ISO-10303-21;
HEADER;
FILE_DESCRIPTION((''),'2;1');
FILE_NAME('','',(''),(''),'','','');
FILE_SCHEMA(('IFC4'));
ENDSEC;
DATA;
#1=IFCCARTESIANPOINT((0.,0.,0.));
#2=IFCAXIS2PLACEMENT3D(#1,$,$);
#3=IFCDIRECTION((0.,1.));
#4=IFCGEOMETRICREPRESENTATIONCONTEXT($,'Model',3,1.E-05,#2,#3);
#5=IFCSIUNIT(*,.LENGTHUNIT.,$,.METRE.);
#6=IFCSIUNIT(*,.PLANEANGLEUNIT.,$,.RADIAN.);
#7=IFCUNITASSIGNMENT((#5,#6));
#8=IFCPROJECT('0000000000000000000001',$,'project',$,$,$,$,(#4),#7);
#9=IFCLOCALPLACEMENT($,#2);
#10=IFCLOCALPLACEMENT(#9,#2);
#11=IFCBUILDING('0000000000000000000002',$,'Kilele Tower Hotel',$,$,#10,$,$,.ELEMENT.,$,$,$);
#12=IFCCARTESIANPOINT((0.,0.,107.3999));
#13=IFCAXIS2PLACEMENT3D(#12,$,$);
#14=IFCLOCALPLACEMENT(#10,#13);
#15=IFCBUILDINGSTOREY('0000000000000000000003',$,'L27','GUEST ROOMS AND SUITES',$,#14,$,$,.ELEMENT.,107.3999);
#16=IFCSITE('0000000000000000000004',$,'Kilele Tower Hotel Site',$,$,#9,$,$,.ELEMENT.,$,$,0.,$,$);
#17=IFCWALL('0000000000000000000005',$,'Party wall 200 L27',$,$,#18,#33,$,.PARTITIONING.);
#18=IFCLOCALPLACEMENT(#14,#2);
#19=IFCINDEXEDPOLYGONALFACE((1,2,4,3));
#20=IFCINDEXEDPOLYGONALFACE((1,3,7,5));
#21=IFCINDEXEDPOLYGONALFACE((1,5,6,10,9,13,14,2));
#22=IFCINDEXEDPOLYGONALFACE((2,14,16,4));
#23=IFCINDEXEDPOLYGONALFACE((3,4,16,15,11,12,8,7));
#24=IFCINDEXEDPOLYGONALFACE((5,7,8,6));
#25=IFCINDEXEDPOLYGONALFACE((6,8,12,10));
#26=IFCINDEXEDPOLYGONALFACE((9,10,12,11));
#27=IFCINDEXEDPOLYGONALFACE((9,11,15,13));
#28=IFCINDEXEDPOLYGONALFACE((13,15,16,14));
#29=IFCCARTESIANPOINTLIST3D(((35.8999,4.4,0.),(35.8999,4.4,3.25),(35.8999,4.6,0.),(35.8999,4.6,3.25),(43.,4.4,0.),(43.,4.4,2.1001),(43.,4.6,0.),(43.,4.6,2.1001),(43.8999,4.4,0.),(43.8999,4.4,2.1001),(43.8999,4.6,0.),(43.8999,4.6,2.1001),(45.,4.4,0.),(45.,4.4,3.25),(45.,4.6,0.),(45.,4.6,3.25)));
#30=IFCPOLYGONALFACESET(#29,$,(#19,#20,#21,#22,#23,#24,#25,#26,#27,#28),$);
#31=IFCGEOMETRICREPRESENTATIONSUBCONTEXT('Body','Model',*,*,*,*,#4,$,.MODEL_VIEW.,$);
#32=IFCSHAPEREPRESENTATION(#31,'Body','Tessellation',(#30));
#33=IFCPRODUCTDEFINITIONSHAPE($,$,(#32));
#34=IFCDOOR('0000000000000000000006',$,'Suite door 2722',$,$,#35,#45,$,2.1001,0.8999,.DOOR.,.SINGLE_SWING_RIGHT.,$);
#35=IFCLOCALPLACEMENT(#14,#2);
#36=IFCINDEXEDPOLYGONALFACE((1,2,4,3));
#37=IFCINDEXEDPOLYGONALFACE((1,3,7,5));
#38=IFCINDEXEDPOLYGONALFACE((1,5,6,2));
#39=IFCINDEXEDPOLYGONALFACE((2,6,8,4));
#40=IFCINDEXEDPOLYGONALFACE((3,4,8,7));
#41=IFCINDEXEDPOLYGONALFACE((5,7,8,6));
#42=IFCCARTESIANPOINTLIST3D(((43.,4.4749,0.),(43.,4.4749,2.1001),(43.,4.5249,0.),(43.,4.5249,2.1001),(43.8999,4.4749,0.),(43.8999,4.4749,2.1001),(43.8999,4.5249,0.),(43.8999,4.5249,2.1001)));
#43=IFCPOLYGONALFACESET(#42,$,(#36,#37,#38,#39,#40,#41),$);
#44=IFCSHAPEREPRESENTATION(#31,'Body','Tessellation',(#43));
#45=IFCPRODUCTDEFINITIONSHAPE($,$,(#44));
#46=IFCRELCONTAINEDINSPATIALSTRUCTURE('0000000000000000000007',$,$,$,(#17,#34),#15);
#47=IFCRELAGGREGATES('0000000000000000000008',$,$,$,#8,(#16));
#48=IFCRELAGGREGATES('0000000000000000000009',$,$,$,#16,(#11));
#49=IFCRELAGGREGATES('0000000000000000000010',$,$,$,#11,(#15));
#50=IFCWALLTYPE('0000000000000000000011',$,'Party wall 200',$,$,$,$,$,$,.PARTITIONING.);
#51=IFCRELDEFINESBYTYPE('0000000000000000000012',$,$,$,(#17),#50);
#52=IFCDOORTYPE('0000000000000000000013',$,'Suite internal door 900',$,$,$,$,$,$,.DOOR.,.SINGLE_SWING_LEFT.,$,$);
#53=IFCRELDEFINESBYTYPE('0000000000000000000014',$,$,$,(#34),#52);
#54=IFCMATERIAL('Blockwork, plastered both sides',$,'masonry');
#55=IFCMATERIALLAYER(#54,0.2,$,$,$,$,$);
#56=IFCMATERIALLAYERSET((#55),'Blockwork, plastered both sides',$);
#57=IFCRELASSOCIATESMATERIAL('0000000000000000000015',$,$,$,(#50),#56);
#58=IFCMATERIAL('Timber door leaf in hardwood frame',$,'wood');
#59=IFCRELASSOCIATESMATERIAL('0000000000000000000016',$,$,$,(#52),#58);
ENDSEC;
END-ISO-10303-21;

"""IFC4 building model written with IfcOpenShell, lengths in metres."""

from ifc_helpers import new_model, si_unit, direction, frame, frame_2d, origin, place, context, subcontext, project, spatial, rectangle, extrude, material, layer, layer_set, type_object, element, fill, save


model = new_model("IFC4")

# Units and contexts
model_context = context("Model", 3, precision=1e-05, world=origin(), true_north=direction((0.0, 1.0)))
body_context = subcontext(model_context, "Body", "Model", "MODEL_VIEW")
ifc_project = project(units=[si_unit("LENGTHUNIT", "METRE"), si_unit("PLANEANGLEUNIT", "RADIAN")], contexts=[model_context])

# Site, building, storey
site_placement = place(None, origin())
site = spatial("IfcSite", under=ifc_project, at=site_placement, Name="Kilele Tower Hotel Site", CompositionType="ELEMENT", RefElevation=0.0)
building_placement = place(site_placement, origin())
building = spatial("IfcBuilding", under=site, at=building_placement, Name="Kilele Tower Hotel", CompositionType="ELEMENT")
storey_placement = place(building_placement, frame((0.0, 0.0, 107.3999)))
storey = spatial("IfcBuildingStorey", under=building, at=storey_placement, Name="L27", Description="GUEST ROOMS AND SUITES", CompositionType="ELEMENT", Elevation=107.3999)

# Wall, opening, door
ifc_material_1 = material(Name="Blockwork, plastered both sides", Category="masonry")
ifc_layer_1 = layer(ifc_material_1, 0.2)
ifc_layer_set_1 = layer_set([ifc_layer_1], Name="Blockwork, plastered both sides")
wall_type_1 = type_object("IfcWallType", Name="Party wall 200", PredefinedType="PARTITIONING", material=ifc_layer_set_1)
wall_1_placement = place(storey_placement, frame((35.8999, 4.5, 0.0), z_axis=(0.0, 0.0, 1.0), x_axis=(1.0, 0.0, 0.0)))
wall_1 = element("IfcWall", 1, at=wall_1_placement, inside=storey, type_object=wall_type_1, Name="Party wall 200 L27", PredefinedType="PARTITIONING", context=body_context, shape_type="SweptSolid", body=[
    extrude(rectangle(XDim=9.1001, YDim=0.2, at=frame_2d((4.55, 0.0))), origin(), (0.0, 0.0, 1.0), 3.25),
])
opening_1_placement = place(wall_1_placement, frame((7.1001, 0.0, 0.0)))
opening_1 = element("IfcOpeningElement", 2, at=opening_1_placement, cuts=wall_1, PredefinedType="OPENING", context=body_context, shape_type="SweptSolid", body=[
    extrude(rectangle(XDim=0.8999, YDim=2.1001, at=frame_2d((0.45, 1.05))), frame((0.0, 0.1099, 0.0), z_axis=(0.0, -1.0, 0.0), x_axis=(1.0, 0.0, 0.0)), (0.0, 0.0, 1.0), 0.22),
])
ifc_material_2 = material(Name="Timber door leaf in hardwood frame", Category="wood")
door_type_1 = type_object("IfcDoorType", Name="Suite internal door 900", OperationType="SINGLE_SWING_LEFT", PredefinedType="DOOR", material=ifc_material_2)
door_1_placement = place(opening_1_placement, origin())
door_1 = element("IfcDoor", 3, at=door_1_placement, inside=storey, type_object=door_type_1, Name="Suite door 2722", OperationType="SINGLE_SWING_RIGHT", OverallHeight=2.1001, OverallWidth=0.8999, PredefinedType="DOOR", context=body_context, shape_type="SweptSolid", body=[
    extrude(rectangle(XDim=0.8999, YDim=2.1001, at=frame_2d((0.45, 1.05))), frame((0.0, 0.0249, 0.0), z_axis=(0.0, -1.0, 0.0), x_axis=(1.0, 0.0, 0.0)), (0.0, 0.0, 1.0), 0.05),
])
fill(opening_1, door_1)

save(model, "model.ifc")
